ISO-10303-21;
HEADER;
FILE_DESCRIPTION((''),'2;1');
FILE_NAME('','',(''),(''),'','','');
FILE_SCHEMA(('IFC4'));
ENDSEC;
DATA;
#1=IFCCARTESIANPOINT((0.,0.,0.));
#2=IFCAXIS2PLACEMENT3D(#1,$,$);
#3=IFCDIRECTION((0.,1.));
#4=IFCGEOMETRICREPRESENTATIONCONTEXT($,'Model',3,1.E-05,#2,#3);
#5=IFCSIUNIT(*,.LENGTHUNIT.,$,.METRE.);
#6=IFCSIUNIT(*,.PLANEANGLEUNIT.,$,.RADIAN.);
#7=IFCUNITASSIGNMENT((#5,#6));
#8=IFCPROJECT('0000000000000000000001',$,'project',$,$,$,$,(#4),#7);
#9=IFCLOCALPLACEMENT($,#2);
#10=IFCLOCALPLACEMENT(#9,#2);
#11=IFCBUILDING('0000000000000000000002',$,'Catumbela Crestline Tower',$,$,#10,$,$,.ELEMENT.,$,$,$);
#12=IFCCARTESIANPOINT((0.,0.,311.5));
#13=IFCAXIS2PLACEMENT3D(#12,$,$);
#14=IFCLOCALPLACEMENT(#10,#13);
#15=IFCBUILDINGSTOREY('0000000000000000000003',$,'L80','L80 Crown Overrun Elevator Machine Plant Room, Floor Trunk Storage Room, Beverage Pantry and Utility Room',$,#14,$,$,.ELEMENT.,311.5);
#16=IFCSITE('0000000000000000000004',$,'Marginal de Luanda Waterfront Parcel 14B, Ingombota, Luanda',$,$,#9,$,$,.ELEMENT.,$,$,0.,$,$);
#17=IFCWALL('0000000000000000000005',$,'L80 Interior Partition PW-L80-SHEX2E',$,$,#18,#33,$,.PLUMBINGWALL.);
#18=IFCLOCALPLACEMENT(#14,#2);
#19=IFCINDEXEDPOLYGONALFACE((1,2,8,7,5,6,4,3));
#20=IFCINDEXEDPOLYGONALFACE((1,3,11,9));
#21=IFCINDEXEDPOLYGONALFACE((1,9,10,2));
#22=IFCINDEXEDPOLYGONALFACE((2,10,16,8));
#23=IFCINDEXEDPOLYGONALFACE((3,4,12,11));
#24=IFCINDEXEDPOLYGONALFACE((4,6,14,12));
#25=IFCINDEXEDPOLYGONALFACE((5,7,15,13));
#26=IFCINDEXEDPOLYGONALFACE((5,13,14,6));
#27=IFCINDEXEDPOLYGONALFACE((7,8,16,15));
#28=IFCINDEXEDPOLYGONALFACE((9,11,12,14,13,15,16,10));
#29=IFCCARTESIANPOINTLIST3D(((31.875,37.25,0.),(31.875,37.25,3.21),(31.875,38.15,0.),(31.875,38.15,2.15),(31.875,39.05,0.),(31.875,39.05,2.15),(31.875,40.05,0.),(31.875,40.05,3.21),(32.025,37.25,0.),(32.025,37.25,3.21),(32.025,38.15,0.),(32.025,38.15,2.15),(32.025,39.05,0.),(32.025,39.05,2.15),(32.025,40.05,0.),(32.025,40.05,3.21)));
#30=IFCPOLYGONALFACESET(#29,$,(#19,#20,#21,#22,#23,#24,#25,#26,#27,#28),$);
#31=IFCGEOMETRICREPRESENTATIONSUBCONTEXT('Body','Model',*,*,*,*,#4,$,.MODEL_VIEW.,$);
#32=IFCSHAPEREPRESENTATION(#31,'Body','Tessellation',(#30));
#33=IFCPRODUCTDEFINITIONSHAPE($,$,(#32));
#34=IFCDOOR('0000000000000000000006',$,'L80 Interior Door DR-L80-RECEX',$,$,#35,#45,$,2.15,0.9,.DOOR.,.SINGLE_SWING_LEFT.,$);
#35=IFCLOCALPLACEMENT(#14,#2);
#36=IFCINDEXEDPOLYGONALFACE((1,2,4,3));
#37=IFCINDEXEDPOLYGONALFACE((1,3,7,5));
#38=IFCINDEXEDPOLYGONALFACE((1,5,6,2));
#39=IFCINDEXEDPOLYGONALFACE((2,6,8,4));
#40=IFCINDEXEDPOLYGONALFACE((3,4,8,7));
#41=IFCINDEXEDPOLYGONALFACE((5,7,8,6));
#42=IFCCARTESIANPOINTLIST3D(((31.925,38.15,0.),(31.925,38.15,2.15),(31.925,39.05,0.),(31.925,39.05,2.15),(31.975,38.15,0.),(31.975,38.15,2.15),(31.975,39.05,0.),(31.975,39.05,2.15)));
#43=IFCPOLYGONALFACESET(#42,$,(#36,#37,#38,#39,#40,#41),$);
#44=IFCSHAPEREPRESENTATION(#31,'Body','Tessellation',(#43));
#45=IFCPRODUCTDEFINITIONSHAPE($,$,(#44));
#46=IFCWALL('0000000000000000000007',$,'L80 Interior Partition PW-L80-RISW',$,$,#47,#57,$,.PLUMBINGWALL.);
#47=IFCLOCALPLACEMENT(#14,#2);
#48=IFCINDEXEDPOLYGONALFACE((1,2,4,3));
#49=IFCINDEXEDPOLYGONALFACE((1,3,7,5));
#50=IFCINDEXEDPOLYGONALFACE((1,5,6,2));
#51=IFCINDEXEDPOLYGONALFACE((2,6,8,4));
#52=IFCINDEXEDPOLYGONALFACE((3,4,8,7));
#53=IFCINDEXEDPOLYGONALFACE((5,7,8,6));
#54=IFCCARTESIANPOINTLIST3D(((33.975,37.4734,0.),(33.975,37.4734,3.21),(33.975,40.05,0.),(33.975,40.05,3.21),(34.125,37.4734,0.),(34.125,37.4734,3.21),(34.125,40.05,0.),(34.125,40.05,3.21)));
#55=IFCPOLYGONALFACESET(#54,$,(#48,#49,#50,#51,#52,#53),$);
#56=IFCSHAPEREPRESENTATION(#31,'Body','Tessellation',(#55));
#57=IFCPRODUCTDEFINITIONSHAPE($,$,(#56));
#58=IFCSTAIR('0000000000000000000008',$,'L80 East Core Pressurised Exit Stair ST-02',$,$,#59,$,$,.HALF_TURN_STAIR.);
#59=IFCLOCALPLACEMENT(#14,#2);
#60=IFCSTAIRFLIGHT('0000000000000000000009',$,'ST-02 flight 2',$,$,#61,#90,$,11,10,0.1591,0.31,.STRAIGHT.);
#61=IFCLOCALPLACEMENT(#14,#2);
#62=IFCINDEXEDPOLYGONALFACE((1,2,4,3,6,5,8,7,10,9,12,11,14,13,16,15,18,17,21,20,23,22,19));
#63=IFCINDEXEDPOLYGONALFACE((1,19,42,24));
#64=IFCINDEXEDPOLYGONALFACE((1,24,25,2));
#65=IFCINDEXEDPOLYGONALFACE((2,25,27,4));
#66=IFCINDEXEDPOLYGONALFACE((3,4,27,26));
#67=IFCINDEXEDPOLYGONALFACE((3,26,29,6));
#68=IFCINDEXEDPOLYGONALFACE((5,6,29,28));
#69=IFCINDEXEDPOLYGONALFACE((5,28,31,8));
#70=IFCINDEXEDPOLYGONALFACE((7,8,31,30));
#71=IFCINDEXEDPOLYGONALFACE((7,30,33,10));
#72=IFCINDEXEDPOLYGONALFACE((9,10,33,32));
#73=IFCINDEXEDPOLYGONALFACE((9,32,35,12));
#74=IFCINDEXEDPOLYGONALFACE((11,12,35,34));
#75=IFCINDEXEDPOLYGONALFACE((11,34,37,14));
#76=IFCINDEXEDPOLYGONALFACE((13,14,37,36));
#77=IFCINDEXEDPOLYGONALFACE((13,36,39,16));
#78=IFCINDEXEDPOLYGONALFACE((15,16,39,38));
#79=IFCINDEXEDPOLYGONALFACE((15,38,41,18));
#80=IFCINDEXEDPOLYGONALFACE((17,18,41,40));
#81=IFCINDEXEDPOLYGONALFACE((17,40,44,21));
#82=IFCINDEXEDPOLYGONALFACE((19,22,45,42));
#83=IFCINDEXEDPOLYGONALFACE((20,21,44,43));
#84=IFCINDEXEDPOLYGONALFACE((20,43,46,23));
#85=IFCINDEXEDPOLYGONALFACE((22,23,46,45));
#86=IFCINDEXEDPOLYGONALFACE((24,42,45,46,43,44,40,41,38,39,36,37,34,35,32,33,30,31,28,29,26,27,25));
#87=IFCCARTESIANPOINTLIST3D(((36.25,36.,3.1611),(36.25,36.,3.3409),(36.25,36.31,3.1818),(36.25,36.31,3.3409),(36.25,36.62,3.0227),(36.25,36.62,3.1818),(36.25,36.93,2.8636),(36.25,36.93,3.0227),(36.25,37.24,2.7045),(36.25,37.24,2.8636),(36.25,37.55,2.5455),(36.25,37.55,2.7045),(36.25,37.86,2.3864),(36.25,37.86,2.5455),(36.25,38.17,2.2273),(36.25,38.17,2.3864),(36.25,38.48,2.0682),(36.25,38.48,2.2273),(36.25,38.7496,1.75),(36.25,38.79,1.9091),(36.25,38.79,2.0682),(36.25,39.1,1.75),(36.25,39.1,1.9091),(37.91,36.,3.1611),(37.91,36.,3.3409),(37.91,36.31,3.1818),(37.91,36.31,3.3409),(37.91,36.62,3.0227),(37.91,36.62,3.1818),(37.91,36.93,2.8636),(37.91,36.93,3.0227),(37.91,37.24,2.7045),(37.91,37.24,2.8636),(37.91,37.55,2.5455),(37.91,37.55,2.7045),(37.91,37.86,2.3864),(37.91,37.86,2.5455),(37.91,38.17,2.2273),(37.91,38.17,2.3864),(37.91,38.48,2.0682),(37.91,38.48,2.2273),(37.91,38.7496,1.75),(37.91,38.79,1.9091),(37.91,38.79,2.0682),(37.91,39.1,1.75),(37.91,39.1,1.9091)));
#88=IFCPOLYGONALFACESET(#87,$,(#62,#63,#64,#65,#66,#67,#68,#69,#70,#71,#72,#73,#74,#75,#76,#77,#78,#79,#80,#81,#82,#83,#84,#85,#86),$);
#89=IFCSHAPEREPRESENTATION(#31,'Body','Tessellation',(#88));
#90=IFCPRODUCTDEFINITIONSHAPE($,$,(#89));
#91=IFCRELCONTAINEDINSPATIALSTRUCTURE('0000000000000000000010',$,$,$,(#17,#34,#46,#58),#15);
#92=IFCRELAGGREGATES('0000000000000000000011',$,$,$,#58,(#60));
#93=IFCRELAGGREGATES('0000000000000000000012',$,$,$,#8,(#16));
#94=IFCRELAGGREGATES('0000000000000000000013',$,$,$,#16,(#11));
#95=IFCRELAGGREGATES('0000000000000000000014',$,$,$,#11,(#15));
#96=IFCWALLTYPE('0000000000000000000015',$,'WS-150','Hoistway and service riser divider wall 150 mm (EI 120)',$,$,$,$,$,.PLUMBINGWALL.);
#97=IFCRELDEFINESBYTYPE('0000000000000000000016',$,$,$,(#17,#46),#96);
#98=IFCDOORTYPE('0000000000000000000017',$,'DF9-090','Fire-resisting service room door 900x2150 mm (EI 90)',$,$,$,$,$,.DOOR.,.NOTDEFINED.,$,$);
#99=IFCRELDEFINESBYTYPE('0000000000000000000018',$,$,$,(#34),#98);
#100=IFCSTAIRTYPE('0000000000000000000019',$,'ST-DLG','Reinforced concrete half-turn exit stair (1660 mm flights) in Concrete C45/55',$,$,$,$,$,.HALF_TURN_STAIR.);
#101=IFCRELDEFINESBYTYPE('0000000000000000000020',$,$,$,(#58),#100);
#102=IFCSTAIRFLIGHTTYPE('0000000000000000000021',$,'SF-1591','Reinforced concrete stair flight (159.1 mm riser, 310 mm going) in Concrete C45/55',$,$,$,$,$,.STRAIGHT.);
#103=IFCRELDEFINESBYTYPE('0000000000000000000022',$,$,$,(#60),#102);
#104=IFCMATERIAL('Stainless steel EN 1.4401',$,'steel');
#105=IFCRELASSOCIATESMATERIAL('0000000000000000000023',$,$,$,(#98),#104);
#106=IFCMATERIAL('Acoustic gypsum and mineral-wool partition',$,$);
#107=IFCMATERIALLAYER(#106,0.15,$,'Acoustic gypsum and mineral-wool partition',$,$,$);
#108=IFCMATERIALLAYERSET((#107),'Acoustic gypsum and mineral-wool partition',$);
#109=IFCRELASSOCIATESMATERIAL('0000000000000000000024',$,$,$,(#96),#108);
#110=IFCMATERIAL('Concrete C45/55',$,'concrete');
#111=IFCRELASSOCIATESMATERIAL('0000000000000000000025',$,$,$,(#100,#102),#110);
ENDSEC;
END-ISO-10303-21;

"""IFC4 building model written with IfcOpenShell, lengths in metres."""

from ifc_helpers import new_model, si_unit, direction, frame, frame_2d, origin, place, context, subcontext, project, spatial, polyline, rectangle, outline, extrude, material, layer, layer_set, type_object, element, fill, aggregate, save


model = new_model("IFC4")

# Units and contexts
model_context = context("Model", 3, precision=1e-05, world=origin(), true_north=direction((0.0, 1.0)))
body_context = subcontext(model_context, "Body", "Model", "MODEL_VIEW")
ifc_project = project(units=[si_unit("LENGTHUNIT", "METRE"), si_unit("PLANEANGLEUNIT", "RADIAN")], contexts=[model_context])

# Site, building, storey
site_placement = place(None, origin())
site = spatial("IfcSite", under=ifc_project, at=site_placement, Name="Marginal de Luanda Waterfront Parcel 14B, Ingombota, Luanda", CompositionType="ELEMENT", RefElevation=0.0)
building_placement = place(site_placement, origin())
building = spatial("IfcBuilding", under=site, at=building_placement, Name="Catumbela Crestline Tower", CompositionType="ELEMENT")
storey_placement = place(building_placement, frame((0.0, 0.0, 311.5)))
storey = spatial("IfcBuildingStorey", under=building, at=storey_placement, Name="L80", Description="L80 Crown Overrun Elevator Machine Plant Room, Floor Trunk Storage Room, Beverage Pantry and Utility Room", CompositionType="ELEMENT", Elevation=311.5)

# Shared definitions
ifc_material_1 = material(Name="Stainless steel EN 1.4401", Category="steel")

# Shared definitions
ifc_material_2 = material(Name="Acoustic gypsum and mineral-wool partition")

# Shared definitions
door_type_1 = type_object("IfcDoorType", Name="DF9-090", Description="Fire-resisting service room door 900x2150 mm (EI 90)", OperationType="NOTDEFINED", PredefinedType="DOOR", material=ifc_material_1)

# Shared definitions
ifc_layer_1 = layer(ifc_material_2, 0.15, Name="Acoustic gypsum and mineral-wool partition")
ifc_layer_set_1 = layer_set([ifc_layer_1], Name="Acoustic gypsum and mineral-wool partition")
wall_type_1 = type_object("IfcWallType", Name="WS-150", Description="Hoistway and service riser divider wall 150 mm (EI 120)", PredefinedType="PLUMBINGWALL", material=ifc_layer_set_1)

# Wall, opening, door
wall_1_placement = place(storey_placement, frame((31.95, 37.25, 0.0), z_axis=(0.0, 0.0, 1.0), x_axis=(0.0, 1.0, 0.0)))
wall_1 = element("IfcWall", 1, at=wall_1_placement, inside=storey, type_object=wall_type_1, Name="L80 Interior Partition PW-L80-SHEX2E", PredefinedType="PLUMBINGWALL", context=body_context, shape_type="SweptSolid", body=[
    extrude(rectangle(XDim=2.8, YDim=0.15, at=frame_2d((1.4, 0.0))), origin(), (0.0, 0.0, 1.0), 3.21),
])
opening_1_placement = place(wall_1_placement, frame((0.9, 0.0, 0.0)))
opening_1 = element("IfcOpeningElement", 2, at=opening_1_placement, cuts=wall_1, PredefinedType="OPENING", context=body_context, shape_type="SweptSolid", body=[
    extrude(rectangle(XDim=0.9, YDim=2.15, at=frame_2d((0.45, 1.075))), frame((0.0, 0.085, 0.0), z_axis=(0.0, -1.0, 0.0), x_axis=(1.0, 0.0, 0.0)), (0.0, 0.0, 1.0), 0.17),
])
door_1_placement = place(opening_1_placement, origin())
door_1 = element("IfcDoor", 3, at=door_1_placement, inside=storey, type_object=door_type_1, Name="L80 Interior Door DR-L80-RECEX", OperationType="SINGLE_SWING_LEFT", OverallHeight=2.15, OverallWidth=0.9, PredefinedType="DOOR", context=body_context, shape_type="SweptSolid", body=[
    extrude(rectangle(XDim=0.9, YDim=2.15, at=frame_2d((0.45, 1.075))), frame((0.0, 0.025, 0.0), z_axis=(0.0, -1.0, 0.0), x_axis=(1.0, 0.0, 0.0)), (0.0, 0.0, 1.0), 0.05),
])
fill(opening_1, door_1)

# Wall
wall_2_placement = place(storey_placement, frame((34.05, 37.4734, 0.0), z_axis=(0.0, 0.0, 1.0), x_axis=(0.0, 1.0, 0.0)))
element("IfcWall", 4, at=wall_2_placement, inside=storey, type_object=wall_type_1, Name="L80 Interior Partition PW-L80-RISW", PredefinedType="PLUMBINGWALL", context=body_context, shape_type="SweptSolid", body=[
    extrude(rectangle(XDim=2.5766, YDim=0.15, at=frame_2d((1.2883, 0.0))), origin(), (0.0, 0.0, 1.0), 3.21),
])

# Stair, stair flight
ifc_material_3 = material(Name="Concrete C45/55", Category="concrete")
stair_type = type_object("IfcStairType", Name="ST-DLG", Description="Reinforced concrete half-turn exit stair (1660 mm flights) in Concrete C45/55", PredefinedType="HALF_TURN_STAIR", material=ifc_material_3)
stair_placement = place(storey_placement, origin())
stair = element("IfcStair", 5, at=stair_placement, inside=storey, type_object=stair_type, Name="L80 East Core Pressurised Exit Stair ST-02", PredefinedType="HALF_TURN_STAIR")
stair_flight_type = type_object("IfcStairFlightType", Name="SF-1591", Description="Reinforced concrete stair flight (159.1 mm riser, 310 mm going) in Concrete C45/55", PredefinedType="STRAIGHT", material=ifc_material_3)
stair_flight_placement = place(storey_placement, frame((37.08, 39.1, 1.75), z_axis=(0.0, 0.0, 1.0), x_axis=(0.0, -1.0, 0.0)))
stair_flight = element("IfcStairFlight", 6, at=stair_flight_placement, type_object=stair_flight_type, Name="ST-02 flight 2", NumberOfRisers=11, NumberOfTreads=10, PredefinedType="STRAIGHT", RiserHeight=0.1591, TreadLength=0.31, context=body_context, shape_type="SweptSolid", body=[
    extrude(outline(polyline([(0.0, 0.0), (0.0, 0.1591), (0.31, 0.1591), (0.31, 0.3182), (0.62, 0.3182), (0.62, 0.4773), (0.93, 0.4773), (0.93, 0.6364), (1.24, 0.6364), (1.24, 0.7955), (1.55, 0.7955), (1.55, 0.9545), (1.86, 0.9545), (1.86, 1.1136), (2.17, 1.1136), (2.17, 1.2727), (2.48, 1.2727), (2.48, 1.4318), (2.79, 1.4318), (2.79, 1.5909), (3.1, 1.5909), (3.1, 1.75), (3.1, 1.4111), (0.3504, 0.0), (0.0, 0.0)])), frame((0.0, 0.83, 0.0), z_axis=(0.0, -1.0, 0.0), x_axis=(1.0, 0.0, 0.0)), (0.0, 0.0, 1.0), 1.66),
])
aggregate(stair, [stair_flight])

save(model, "model.ifc")
